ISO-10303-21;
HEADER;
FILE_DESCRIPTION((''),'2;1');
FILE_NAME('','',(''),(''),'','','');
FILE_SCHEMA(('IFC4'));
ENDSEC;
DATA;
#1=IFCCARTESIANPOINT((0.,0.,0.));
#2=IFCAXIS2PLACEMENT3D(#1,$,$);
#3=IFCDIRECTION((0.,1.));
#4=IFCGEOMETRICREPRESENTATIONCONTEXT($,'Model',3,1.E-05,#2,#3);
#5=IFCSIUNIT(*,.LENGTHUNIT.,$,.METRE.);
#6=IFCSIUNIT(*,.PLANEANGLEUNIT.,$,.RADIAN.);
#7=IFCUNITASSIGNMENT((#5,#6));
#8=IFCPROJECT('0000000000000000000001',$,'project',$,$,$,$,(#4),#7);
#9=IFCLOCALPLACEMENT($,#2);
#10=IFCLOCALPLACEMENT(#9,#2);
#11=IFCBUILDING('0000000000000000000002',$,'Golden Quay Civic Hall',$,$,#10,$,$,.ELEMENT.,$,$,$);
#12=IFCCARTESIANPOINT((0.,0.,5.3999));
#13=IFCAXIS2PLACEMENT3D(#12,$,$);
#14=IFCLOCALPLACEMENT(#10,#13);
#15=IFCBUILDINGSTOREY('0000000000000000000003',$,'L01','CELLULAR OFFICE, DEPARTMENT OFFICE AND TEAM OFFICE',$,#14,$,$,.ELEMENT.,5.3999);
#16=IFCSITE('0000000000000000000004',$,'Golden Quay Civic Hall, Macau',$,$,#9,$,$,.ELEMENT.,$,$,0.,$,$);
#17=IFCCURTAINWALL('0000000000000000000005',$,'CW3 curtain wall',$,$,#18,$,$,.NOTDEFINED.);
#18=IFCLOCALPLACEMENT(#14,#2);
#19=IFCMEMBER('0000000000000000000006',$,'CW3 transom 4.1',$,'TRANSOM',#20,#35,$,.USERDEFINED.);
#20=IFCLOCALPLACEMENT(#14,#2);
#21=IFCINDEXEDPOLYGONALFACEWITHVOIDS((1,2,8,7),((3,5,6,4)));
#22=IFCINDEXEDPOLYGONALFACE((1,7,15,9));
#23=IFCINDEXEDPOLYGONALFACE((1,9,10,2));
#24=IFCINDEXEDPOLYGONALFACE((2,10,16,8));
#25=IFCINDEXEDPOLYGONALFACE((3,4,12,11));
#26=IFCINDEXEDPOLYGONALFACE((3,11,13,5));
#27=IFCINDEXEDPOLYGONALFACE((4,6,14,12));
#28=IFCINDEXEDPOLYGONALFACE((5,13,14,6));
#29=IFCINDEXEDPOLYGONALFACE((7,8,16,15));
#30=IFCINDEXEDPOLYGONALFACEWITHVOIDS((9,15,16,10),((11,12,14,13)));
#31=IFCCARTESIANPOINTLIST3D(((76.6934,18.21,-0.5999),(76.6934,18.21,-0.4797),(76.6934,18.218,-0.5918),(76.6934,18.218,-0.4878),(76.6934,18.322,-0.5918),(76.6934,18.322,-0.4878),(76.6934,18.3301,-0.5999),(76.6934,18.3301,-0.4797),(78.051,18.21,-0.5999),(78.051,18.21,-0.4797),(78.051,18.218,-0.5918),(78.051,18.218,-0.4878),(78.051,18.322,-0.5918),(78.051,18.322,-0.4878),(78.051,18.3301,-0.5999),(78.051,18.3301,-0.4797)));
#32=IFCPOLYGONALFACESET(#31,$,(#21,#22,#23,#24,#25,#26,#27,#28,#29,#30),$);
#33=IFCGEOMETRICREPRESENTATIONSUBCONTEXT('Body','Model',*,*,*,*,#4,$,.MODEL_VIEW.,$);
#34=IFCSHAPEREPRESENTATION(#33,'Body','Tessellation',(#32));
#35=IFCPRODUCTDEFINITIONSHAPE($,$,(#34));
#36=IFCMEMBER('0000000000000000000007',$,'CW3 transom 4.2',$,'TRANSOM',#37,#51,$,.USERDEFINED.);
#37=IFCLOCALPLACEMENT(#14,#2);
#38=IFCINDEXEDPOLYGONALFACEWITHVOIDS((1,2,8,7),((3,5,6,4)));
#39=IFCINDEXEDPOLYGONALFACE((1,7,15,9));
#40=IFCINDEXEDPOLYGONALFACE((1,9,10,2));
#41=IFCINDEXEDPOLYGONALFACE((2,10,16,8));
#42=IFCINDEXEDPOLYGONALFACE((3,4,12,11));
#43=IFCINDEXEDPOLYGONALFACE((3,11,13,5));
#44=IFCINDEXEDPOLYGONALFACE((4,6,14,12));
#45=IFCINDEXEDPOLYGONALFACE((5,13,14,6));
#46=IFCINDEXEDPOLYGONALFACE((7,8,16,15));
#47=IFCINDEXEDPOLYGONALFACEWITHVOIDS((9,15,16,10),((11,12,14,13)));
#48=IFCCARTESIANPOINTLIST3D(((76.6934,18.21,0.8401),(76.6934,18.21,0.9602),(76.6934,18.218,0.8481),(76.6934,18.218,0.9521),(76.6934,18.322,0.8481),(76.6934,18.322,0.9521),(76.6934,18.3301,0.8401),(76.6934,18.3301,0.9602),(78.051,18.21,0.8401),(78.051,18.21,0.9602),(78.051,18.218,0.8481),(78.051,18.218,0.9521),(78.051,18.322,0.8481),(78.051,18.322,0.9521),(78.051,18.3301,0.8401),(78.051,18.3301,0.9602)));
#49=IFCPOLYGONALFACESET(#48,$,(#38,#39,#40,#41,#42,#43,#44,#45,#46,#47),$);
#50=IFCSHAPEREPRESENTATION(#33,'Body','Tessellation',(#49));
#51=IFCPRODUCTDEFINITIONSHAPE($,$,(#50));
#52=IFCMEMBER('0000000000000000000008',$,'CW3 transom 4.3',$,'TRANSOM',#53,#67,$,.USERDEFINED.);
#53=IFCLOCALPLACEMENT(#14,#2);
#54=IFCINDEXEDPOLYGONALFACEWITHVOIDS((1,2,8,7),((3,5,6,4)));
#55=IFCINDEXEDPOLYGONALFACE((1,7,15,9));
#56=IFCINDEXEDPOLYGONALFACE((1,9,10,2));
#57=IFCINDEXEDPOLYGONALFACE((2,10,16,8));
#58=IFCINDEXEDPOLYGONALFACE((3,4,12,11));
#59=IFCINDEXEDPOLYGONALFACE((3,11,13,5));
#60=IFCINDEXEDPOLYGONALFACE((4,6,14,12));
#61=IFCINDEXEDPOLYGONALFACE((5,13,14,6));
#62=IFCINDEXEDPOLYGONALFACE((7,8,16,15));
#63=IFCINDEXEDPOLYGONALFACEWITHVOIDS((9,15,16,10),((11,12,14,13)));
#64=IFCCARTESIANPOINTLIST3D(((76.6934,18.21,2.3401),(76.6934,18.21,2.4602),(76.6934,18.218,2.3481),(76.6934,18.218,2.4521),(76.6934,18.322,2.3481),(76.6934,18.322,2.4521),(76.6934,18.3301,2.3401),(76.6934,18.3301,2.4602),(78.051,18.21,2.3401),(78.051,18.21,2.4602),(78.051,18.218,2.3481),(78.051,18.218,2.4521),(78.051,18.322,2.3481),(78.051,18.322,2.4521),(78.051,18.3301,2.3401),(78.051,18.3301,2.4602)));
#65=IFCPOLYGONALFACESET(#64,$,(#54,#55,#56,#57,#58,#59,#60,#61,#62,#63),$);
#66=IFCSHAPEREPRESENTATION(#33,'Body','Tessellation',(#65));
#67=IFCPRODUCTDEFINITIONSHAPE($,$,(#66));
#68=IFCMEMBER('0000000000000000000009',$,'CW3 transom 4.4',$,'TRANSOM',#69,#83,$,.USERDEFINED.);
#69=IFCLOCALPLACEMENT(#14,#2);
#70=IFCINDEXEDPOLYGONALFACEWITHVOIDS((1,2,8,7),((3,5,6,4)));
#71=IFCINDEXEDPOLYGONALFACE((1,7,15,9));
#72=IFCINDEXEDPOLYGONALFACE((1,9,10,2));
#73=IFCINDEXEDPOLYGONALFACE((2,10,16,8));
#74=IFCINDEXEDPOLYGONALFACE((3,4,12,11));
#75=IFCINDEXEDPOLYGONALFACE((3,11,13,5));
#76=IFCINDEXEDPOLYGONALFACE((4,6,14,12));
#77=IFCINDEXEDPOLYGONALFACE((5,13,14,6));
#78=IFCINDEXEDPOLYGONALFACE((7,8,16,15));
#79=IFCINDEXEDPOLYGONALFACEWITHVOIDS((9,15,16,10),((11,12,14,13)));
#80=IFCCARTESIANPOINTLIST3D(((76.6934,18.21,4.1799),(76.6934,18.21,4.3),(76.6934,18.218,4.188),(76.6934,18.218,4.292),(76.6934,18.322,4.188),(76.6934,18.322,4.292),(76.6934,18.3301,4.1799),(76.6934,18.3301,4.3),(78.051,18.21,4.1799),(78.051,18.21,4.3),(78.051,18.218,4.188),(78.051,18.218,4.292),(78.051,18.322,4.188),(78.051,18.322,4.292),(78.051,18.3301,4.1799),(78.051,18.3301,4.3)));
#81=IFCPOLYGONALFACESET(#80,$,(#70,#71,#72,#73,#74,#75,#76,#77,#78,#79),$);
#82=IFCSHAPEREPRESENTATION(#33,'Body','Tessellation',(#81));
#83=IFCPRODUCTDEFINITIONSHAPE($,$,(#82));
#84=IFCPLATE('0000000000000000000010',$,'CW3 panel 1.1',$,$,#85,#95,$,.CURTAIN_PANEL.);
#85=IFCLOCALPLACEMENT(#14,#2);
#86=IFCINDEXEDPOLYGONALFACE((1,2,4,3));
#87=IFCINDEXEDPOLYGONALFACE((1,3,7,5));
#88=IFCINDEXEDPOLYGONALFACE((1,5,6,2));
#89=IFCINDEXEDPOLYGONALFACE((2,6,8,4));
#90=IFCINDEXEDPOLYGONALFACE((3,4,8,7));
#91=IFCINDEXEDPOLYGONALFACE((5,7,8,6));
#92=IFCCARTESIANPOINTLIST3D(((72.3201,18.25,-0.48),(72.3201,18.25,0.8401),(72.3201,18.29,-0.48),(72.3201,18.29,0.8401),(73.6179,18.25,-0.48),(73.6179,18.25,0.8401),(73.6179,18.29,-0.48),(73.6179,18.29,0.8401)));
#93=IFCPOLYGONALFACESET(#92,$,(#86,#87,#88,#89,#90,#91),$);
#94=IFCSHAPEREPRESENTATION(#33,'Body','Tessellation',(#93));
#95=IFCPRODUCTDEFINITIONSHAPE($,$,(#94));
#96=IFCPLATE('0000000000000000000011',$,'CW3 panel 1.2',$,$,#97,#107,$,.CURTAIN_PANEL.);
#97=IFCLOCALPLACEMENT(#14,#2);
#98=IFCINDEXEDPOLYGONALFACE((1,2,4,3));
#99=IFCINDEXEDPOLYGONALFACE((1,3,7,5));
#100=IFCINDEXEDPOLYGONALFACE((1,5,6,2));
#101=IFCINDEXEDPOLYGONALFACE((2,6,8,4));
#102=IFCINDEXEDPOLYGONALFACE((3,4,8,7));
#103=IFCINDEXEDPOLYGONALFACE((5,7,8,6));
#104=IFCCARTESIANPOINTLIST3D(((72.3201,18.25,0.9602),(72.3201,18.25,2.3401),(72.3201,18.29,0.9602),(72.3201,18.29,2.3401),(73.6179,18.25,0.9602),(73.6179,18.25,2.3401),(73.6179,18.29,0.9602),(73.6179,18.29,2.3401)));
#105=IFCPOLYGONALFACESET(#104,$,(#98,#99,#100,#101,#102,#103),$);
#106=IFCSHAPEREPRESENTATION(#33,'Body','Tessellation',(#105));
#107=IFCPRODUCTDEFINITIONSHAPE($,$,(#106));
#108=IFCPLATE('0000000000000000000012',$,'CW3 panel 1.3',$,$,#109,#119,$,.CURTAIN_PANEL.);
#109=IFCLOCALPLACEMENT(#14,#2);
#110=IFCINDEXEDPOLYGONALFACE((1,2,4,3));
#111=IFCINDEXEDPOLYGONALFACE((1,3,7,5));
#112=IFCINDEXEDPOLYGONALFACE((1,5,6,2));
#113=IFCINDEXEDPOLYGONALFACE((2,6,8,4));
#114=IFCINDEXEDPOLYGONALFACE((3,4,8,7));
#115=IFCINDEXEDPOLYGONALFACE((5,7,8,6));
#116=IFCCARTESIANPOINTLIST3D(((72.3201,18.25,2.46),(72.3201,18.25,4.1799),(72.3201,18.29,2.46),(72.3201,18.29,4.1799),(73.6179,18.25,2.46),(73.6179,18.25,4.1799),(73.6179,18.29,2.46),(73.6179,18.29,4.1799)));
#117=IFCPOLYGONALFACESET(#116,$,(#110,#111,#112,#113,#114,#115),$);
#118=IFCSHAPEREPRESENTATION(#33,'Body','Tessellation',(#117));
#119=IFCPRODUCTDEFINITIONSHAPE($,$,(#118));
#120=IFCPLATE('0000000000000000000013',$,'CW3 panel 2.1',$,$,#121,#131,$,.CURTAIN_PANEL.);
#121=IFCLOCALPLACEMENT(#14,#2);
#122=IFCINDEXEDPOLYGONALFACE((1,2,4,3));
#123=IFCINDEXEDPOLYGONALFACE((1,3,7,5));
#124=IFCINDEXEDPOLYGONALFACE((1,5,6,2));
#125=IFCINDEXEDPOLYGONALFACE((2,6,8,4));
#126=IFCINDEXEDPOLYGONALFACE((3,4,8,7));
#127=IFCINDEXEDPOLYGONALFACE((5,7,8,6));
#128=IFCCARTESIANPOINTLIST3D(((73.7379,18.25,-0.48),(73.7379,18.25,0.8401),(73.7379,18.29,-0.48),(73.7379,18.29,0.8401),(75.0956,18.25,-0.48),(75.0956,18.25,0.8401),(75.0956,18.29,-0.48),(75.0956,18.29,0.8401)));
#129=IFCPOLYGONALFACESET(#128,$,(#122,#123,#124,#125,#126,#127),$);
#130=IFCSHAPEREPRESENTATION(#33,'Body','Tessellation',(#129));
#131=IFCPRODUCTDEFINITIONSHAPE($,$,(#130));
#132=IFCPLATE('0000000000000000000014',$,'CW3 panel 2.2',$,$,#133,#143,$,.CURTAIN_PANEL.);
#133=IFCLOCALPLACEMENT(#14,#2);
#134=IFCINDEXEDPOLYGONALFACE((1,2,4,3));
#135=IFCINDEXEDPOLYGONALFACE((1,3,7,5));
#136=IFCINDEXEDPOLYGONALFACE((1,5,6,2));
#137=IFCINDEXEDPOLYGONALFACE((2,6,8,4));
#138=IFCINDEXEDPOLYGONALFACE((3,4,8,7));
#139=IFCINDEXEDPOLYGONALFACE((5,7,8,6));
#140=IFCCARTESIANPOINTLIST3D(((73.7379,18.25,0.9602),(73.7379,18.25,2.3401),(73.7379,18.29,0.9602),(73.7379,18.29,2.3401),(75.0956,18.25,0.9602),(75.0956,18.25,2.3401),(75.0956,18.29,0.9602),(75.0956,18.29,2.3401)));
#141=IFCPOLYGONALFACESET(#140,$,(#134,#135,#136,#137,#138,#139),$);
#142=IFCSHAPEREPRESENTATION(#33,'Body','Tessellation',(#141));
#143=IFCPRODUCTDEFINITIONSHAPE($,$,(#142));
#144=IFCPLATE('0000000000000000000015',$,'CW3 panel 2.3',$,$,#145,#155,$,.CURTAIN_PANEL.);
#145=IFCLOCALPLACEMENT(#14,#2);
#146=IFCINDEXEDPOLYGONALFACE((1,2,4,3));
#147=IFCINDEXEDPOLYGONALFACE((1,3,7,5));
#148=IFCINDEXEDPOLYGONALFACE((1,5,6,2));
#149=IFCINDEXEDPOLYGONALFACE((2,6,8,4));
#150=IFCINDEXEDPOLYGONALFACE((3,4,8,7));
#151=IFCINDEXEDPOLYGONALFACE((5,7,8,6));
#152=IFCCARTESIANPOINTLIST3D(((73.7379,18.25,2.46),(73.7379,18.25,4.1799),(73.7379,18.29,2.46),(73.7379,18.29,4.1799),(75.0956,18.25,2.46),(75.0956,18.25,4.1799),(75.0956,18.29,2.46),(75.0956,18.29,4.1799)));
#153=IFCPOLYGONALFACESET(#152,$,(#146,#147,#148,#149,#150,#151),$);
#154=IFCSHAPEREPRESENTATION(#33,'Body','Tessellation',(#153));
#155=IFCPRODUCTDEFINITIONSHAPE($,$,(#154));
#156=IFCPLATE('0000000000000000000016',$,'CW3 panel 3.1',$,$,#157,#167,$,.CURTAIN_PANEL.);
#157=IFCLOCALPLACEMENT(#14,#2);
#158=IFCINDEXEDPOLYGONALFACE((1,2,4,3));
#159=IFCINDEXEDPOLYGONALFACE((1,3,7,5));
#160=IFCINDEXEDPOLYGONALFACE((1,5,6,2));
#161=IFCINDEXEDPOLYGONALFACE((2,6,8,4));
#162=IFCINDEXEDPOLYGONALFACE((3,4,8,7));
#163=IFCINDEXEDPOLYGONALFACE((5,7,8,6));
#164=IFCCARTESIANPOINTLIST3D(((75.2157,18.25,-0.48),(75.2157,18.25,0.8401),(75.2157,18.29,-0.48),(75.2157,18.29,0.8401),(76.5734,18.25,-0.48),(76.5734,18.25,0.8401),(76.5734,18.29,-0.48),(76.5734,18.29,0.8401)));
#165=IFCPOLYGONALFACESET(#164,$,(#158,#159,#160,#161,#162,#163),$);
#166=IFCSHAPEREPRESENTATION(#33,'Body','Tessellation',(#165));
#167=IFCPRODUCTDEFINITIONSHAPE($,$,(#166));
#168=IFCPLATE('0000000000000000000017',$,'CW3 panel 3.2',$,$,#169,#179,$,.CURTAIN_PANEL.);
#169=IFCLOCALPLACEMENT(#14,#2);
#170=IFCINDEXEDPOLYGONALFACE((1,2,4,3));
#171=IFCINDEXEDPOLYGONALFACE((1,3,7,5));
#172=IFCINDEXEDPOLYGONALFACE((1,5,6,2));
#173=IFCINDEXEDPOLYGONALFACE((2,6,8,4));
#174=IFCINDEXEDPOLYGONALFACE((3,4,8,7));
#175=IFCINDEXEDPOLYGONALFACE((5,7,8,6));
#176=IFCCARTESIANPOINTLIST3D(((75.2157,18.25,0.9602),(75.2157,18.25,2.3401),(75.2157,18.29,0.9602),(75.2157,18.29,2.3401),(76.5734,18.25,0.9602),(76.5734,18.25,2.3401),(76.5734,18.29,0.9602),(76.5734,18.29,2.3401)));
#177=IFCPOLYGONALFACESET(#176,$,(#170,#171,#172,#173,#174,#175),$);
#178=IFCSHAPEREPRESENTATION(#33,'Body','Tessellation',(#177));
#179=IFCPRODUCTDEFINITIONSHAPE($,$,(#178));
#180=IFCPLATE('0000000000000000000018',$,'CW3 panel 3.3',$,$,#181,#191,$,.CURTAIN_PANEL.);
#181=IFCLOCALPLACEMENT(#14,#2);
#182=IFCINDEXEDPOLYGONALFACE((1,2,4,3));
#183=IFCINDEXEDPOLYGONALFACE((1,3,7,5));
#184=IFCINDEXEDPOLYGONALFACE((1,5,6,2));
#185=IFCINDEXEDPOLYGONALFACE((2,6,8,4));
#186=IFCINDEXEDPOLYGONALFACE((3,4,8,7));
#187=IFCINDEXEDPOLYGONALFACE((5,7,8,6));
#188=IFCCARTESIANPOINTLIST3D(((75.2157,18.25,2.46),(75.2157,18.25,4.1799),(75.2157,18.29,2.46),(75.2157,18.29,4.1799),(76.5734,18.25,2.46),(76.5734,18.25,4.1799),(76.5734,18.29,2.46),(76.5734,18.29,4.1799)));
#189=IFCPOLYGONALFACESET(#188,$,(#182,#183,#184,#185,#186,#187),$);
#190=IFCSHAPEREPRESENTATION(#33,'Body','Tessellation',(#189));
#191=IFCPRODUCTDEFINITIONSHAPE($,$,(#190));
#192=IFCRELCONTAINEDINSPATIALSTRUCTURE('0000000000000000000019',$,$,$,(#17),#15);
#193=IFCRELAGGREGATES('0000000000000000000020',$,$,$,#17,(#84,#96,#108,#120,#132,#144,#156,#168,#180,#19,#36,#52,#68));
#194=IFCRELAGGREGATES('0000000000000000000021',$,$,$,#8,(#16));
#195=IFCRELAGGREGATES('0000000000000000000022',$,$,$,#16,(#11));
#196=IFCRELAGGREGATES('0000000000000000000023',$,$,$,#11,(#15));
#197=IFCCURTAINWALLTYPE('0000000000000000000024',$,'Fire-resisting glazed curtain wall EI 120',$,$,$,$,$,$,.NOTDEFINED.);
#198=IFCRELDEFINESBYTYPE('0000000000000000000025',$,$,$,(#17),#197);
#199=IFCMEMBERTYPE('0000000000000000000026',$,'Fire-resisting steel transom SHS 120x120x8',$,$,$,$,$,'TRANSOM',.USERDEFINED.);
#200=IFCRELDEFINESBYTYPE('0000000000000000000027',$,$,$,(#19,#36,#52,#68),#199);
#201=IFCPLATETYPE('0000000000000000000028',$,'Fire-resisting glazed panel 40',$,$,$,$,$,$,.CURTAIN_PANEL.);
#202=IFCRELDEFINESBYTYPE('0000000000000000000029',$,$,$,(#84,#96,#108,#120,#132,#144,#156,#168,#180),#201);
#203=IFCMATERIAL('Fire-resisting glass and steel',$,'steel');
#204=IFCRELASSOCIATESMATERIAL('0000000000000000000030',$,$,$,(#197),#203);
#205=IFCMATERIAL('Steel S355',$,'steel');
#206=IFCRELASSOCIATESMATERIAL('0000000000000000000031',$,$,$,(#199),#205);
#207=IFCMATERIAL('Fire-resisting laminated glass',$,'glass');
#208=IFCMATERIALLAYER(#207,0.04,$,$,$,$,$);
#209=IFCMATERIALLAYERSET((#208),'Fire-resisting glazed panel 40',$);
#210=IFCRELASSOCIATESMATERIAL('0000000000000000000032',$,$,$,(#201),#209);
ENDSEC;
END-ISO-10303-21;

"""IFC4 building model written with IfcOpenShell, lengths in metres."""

from ifc_helpers import new_model, si_unit, direction, frame, origin, origin_2d, place, context, subcontext, project, spatial, rectangle, hollow_rectangle, extrude, material, layer, layer_set, material_profile, profile_set, type_object, element, aggregate, save


model = new_model("IFC4")

# Units and contexts
model_context = context("Model", 3, precision=1e-05, world=origin(), true_north=direction((0.0, 1.0)))
body_context = subcontext(model_context, "Body", "Model", "MODEL_VIEW")
ifc_project = project(units=[si_unit("LENGTHUNIT", "METRE"), si_unit("PLANEANGLEUNIT", "RADIAN")], contexts=[model_context])

# Site, building, storey
site_placement = place(None, origin())
site = spatial("IfcSite", under=ifc_project, at=site_placement, Name="Golden Quay Civic Hall, Macau", CompositionType="ELEMENT", RefElevation=0.0)
building_placement = place(site_placement, origin())
building = spatial("IfcBuilding", under=site, at=building_placement, Name="Golden Quay Civic Hall", CompositionType="ELEMENT")
storey_placement = place(building_placement, frame((0.0, 0.0, 5.3999)))
storey = spatial("IfcBuildingStorey", under=building, at=storey_placement, Name="L01", Description="CELLULAR OFFICE, DEPARTMENT OFFICE AND TEAM OFFICE", CompositionType="ELEMENT", Elevation=5.3999)

# Curtain wall, members, plates
ifc_material_1 = material(Name="Fire-resisting glass and steel", Category="steel")
curtain_wall_type = type_object("IfcCurtainWallType", Name="Fire-resisting glazed curtain wall EI 120", PredefinedType="NOTDEFINED", material=ifc_material_1)
curtain_wall_placement = place(storey_placement, origin())
curtain_wall = element("IfcCurtainWall", 1, at=curtain_wall_placement, inside=storey, type_object=curtain_wall_type, Name="CW3 curtain wall", PredefinedType="NOTDEFINED")
ifc_material_2 = material(Name="Steel S355", Category="steel")
ifc_material_profile_1 = material_profile(ifc_material_2, hollow_rectangle(XDim=0.1201, YDim=0.1201, WallThickness=0.0081, at=origin_2d()), Name="SHS 120x120x8")
ifc_profile_set_1 = profile_set([ifc_material_profile_1], Name="Steel S355")
member_type_1 = type_object("IfcMemberType", Name="Fire-resisting steel transom SHS 120x120x8", ElementType="TRANSOM", PredefinedType="USERDEFINED", material=ifc_profile_set_1)
member_1_placement = place(storey_placement, frame((76.6934, 18.27, -0.5398), z_axis=(1.0, 0.0, 0.0), x_axis=(0.0, 1.0, 0.0)))
member_1 = element("IfcMember", 2, at=member_1_placement, type_object=member_type_1, Name="CW3 transom 4.1", ObjectType="TRANSOM", PredefinedType="USERDEFINED", context=body_context, shape_type="SweptSolid", body=[
    extrude(hollow_rectangle(XDim=0.1201, YDim=0.1201, WallThickness=0.0081, at=origin_2d()), origin(), (0.0, 0.0, 1.0), 1.3577),
])
member_2_placement = place(storey_placement, frame((76.6934, 18.27, 0.9001), z_axis=(1.0, 0.0, 0.0), x_axis=(0.0, 1.0, 0.0)))
member_2 = element("IfcMember", 3, at=member_2_placement, type_object=member_type_1, Name="CW3 transom 4.2", ObjectType="TRANSOM", PredefinedType="USERDEFINED", context=body_context, shape_type="SweptSolid", body=[
    extrude(hollow_rectangle(XDim=0.1201, YDim=0.1201, WallThickness=0.0081, at=origin_2d()), origin(), (0.0, 0.0, 1.0), 1.3577),
])
member_3_placement = place(storey_placement, frame((76.6934, 18.27, 2.4001), z_axis=(1.0, 0.0, 0.0), x_axis=(0.0, 1.0, 0.0)))
member_3 = element("IfcMember", 4, at=member_3_placement, type_object=member_type_1, Name="CW3 transom 4.3", ObjectType="TRANSOM", PredefinedType="USERDEFINED", context=body_context, shape_type="SweptSolid", body=[
    extrude(hollow_rectangle(XDim=0.1201, YDim=0.1201, WallThickness=0.0081, at=origin_2d()), origin(), (0.0, 0.0, 1.0), 1.3577),
])
member_4_placement = place(storey_placement, frame((76.6934, 18.27, 4.24), z_axis=(1.0, 0.0, 0.0), x_axis=(0.0, 1.0, 0.0)))
member_4 = element("IfcMember", 5, at=member_4_placement, type_object=member_type_1, Name="CW3 transom 4.4", ObjectType="TRANSOM", PredefinedType="USERDEFINED", context=body_context, shape_type="SweptSolid", body=[
    extrude(hollow_rectangle(XDim=0.1201, YDim=0.1201, WallThickness=0.0081, at=origin_2d()), origin(), (0.0, 0.0, 1.0), 1.3577),
])
ifc_material_3 = material(Name="Fire-resisting laminated glass", Category="glass")
ifc_layer = layer(ifc_material_3, 0.04)
ifc_layer_set = layer_set([ifc_layer], Name="Fire-resisting glazed panel 40")
plate_type = type_object("IfcPlateType", Name="Fire-resisting glazed panel 40", PredefinedType="CURTAIN_PANEL", material=ifc_layer_set)
plate_1_placement = place(storey_placement, frame((72.969, 18.27, -0.48), z_axis=(0.0, 0.0, 1.0), x_axis=(1.0, 0.0, 0.0)))
plate_1 = element("IfcPlate", 6, at=plate_1_placement, type_object=plate_type, Name="CW3 panel 1.1", PredefinedType="CURTAIN_PANEL", context=body_context, shape_type="SweptSolid", body=[
    extrude(rectangle(XDim=1.2979, YDim=0.04, at=origin_2d()), origin(), (0.0, 0.0, 1.0), 1.3201),
])
plate_2_placement = place(storey_placement, frame((72.969, 18.27, 0.9602), z_axis=(0.0, 0.0, 1.0), x_axis=(1.0, 0.0, 0.0)))
plate_2 = element("IfcPlate", 7, at=plate_2_placement, type_object=plate_type, Name="CW3 panel 1.2", PredefinedType="CURTAIN_PANEL", context=body_context, shape_type="SweptSolid", body=[
    extrude(rectangle(XDim=1.2979, YDim=0.04, at=origin_2d()), origin(), (0.0, 0.0, 1.0), 1.3799),
])
plate_3_placement = place(storey_placement, frame((72.969, 18.27, 2.46), z_axis=(0.0, 0.0, 1.0), x_axis=(1.0, 0.0, 0.0)))
plate_3 = element("IfcPlate", 8, at=plate_3_placement, type_object=plate_type, Name="CW3 panel 1.3", PredefinedType="CURTAIN_PANEL", context=body_context, shape_type="SweptSolid", body=[
    extrude(rectangle(XDim=1.2979, YDim=0.04, at=origin_2d()), origin(), (0.0, 0.0, 1.0), 1.72),
])
plate_4_placement = place(storey_placement, frame((74.4167, 18.27, -0.48), z_axis=(0.0, 0.0, 1.0), x_axis=(1.0, 0.0, 0.0)))
plate_4 = element("IfcPlate", 9, at=plate_4_placement, type_object=plate_type, Name="CW3 panel 2.1", PredefinedType="CURTAIN_PANEL", context=body_context, shape_type="SweptSolid", body=[
    extrude(rectangle(XDim=1.3577, YDim=0.04, at=origin_2d()), origin(), (0.0, 0.0, 1.0), 1.3201),
])
plate_5_placement = place(storey_placement, frame((74.4167, 18.27, 0.9602), z_axis=(0.0, 0.0, 1.0), x_axis=(1.0, 0.0, 0.0)))
plate_5 = element("IfcPlate", 10, at=plate_5_placement, type_object=plate_type, Name="CW3 panel 2.2", PredefinedType="CURTAIN_PANEL", context=body_context, shape_type="SweptSolid", body=[
    extrude(rectangle(XDim=1.3577, YDim=0.04, at=origin_2d()), origin(), (0.0, 0.0, 1.0), 1.3799),
])
plate_6_placement = place(storey_placement, frame((74.4167, 18.27, 2.46), z_axis=(0.0, 0.0, 1.0), x_axis=(1.0, 0.0, 0.0)))
plate_6 = element("IfcPlate", 11, at=plate_6_placement, type_object=plate_type, Name="CW3 panel 2.3", PredefinedType="CURTAIN_PANEL", context=body_context, shape_type="SweptSolid", body=[
    extrude(rectangle(XDim=1.3577, YDim=0.04, at=origin_2d()), origin(), (0.0, 0.0, 1.0), 1.72),
])
plate_7_placement = place(storey_placement, frame((75.8945, 18.27, -0.48), z_axis=(0.0, 0.0, 1.0), x_axis=(1.0, 0.0, 0.0)))
plate_7 = element("IfcPlate", 12, at=plate_7_placement, type_object=plate_type, Name="CW3 panel 3.1", PredefinedType="CURTAIN_PANEL", context=body_context, shape_type="SweptSolid", body=[
    extrude(rectangle(XDim=1.3577, YDim=0.04, at=origin_2d()), origin(), (0.0, 0.0, 1.0), 1.3201),
])
plate_8_placement = place(storey_placement, frame((75.8945, 18.27, 0.9602), z_axis=(0.0, 0.0, 1.0), x_axis=(1.0, 0.0, 0.0)))
plate_8 = element("IfcPlate", 13, at=plate_8_placement, type_object=plate_type, Name="CW3 panel 3.2", PredefinedType="CURTAIN_PANEL", context=body_context, shape_type="SweptSolid", body=[
    extrude(rectangle(XDim=1.3577, YDim=0.04, at=origin_2d()), origin(), (0.0, 0.0, 1.0), 1.3799),
])
plate_9_placement = place(storey_placement, frame((75.8945, 18.27, 2.46), z_axis=(0.0, 0.0, 1.0), x_axis=(1.0, 0.0, 0.0)))
plate_9 = element("IfcPlate", 14, at=plate_9_placement, type_object=plate_type, Name="CW3 panel 3.3", PredefinedType="CURTAIN_PANEL", context=body_context, shape_type="SweptSolid", body=[
    extrude(rectangle(XDim=1.3577, YDim=0.04, at=origin_2d()), origin(), (0.0, 0.0, 1.0), 1.72),
])
aggregate(curtain_wall, [plate_1, plate_2, plate_3, plate_4, plate_5, plate_6, plate_7, plate_8, plate_9, member_1, member_2, member_3, member_4])

save(model, "model.ifc")
